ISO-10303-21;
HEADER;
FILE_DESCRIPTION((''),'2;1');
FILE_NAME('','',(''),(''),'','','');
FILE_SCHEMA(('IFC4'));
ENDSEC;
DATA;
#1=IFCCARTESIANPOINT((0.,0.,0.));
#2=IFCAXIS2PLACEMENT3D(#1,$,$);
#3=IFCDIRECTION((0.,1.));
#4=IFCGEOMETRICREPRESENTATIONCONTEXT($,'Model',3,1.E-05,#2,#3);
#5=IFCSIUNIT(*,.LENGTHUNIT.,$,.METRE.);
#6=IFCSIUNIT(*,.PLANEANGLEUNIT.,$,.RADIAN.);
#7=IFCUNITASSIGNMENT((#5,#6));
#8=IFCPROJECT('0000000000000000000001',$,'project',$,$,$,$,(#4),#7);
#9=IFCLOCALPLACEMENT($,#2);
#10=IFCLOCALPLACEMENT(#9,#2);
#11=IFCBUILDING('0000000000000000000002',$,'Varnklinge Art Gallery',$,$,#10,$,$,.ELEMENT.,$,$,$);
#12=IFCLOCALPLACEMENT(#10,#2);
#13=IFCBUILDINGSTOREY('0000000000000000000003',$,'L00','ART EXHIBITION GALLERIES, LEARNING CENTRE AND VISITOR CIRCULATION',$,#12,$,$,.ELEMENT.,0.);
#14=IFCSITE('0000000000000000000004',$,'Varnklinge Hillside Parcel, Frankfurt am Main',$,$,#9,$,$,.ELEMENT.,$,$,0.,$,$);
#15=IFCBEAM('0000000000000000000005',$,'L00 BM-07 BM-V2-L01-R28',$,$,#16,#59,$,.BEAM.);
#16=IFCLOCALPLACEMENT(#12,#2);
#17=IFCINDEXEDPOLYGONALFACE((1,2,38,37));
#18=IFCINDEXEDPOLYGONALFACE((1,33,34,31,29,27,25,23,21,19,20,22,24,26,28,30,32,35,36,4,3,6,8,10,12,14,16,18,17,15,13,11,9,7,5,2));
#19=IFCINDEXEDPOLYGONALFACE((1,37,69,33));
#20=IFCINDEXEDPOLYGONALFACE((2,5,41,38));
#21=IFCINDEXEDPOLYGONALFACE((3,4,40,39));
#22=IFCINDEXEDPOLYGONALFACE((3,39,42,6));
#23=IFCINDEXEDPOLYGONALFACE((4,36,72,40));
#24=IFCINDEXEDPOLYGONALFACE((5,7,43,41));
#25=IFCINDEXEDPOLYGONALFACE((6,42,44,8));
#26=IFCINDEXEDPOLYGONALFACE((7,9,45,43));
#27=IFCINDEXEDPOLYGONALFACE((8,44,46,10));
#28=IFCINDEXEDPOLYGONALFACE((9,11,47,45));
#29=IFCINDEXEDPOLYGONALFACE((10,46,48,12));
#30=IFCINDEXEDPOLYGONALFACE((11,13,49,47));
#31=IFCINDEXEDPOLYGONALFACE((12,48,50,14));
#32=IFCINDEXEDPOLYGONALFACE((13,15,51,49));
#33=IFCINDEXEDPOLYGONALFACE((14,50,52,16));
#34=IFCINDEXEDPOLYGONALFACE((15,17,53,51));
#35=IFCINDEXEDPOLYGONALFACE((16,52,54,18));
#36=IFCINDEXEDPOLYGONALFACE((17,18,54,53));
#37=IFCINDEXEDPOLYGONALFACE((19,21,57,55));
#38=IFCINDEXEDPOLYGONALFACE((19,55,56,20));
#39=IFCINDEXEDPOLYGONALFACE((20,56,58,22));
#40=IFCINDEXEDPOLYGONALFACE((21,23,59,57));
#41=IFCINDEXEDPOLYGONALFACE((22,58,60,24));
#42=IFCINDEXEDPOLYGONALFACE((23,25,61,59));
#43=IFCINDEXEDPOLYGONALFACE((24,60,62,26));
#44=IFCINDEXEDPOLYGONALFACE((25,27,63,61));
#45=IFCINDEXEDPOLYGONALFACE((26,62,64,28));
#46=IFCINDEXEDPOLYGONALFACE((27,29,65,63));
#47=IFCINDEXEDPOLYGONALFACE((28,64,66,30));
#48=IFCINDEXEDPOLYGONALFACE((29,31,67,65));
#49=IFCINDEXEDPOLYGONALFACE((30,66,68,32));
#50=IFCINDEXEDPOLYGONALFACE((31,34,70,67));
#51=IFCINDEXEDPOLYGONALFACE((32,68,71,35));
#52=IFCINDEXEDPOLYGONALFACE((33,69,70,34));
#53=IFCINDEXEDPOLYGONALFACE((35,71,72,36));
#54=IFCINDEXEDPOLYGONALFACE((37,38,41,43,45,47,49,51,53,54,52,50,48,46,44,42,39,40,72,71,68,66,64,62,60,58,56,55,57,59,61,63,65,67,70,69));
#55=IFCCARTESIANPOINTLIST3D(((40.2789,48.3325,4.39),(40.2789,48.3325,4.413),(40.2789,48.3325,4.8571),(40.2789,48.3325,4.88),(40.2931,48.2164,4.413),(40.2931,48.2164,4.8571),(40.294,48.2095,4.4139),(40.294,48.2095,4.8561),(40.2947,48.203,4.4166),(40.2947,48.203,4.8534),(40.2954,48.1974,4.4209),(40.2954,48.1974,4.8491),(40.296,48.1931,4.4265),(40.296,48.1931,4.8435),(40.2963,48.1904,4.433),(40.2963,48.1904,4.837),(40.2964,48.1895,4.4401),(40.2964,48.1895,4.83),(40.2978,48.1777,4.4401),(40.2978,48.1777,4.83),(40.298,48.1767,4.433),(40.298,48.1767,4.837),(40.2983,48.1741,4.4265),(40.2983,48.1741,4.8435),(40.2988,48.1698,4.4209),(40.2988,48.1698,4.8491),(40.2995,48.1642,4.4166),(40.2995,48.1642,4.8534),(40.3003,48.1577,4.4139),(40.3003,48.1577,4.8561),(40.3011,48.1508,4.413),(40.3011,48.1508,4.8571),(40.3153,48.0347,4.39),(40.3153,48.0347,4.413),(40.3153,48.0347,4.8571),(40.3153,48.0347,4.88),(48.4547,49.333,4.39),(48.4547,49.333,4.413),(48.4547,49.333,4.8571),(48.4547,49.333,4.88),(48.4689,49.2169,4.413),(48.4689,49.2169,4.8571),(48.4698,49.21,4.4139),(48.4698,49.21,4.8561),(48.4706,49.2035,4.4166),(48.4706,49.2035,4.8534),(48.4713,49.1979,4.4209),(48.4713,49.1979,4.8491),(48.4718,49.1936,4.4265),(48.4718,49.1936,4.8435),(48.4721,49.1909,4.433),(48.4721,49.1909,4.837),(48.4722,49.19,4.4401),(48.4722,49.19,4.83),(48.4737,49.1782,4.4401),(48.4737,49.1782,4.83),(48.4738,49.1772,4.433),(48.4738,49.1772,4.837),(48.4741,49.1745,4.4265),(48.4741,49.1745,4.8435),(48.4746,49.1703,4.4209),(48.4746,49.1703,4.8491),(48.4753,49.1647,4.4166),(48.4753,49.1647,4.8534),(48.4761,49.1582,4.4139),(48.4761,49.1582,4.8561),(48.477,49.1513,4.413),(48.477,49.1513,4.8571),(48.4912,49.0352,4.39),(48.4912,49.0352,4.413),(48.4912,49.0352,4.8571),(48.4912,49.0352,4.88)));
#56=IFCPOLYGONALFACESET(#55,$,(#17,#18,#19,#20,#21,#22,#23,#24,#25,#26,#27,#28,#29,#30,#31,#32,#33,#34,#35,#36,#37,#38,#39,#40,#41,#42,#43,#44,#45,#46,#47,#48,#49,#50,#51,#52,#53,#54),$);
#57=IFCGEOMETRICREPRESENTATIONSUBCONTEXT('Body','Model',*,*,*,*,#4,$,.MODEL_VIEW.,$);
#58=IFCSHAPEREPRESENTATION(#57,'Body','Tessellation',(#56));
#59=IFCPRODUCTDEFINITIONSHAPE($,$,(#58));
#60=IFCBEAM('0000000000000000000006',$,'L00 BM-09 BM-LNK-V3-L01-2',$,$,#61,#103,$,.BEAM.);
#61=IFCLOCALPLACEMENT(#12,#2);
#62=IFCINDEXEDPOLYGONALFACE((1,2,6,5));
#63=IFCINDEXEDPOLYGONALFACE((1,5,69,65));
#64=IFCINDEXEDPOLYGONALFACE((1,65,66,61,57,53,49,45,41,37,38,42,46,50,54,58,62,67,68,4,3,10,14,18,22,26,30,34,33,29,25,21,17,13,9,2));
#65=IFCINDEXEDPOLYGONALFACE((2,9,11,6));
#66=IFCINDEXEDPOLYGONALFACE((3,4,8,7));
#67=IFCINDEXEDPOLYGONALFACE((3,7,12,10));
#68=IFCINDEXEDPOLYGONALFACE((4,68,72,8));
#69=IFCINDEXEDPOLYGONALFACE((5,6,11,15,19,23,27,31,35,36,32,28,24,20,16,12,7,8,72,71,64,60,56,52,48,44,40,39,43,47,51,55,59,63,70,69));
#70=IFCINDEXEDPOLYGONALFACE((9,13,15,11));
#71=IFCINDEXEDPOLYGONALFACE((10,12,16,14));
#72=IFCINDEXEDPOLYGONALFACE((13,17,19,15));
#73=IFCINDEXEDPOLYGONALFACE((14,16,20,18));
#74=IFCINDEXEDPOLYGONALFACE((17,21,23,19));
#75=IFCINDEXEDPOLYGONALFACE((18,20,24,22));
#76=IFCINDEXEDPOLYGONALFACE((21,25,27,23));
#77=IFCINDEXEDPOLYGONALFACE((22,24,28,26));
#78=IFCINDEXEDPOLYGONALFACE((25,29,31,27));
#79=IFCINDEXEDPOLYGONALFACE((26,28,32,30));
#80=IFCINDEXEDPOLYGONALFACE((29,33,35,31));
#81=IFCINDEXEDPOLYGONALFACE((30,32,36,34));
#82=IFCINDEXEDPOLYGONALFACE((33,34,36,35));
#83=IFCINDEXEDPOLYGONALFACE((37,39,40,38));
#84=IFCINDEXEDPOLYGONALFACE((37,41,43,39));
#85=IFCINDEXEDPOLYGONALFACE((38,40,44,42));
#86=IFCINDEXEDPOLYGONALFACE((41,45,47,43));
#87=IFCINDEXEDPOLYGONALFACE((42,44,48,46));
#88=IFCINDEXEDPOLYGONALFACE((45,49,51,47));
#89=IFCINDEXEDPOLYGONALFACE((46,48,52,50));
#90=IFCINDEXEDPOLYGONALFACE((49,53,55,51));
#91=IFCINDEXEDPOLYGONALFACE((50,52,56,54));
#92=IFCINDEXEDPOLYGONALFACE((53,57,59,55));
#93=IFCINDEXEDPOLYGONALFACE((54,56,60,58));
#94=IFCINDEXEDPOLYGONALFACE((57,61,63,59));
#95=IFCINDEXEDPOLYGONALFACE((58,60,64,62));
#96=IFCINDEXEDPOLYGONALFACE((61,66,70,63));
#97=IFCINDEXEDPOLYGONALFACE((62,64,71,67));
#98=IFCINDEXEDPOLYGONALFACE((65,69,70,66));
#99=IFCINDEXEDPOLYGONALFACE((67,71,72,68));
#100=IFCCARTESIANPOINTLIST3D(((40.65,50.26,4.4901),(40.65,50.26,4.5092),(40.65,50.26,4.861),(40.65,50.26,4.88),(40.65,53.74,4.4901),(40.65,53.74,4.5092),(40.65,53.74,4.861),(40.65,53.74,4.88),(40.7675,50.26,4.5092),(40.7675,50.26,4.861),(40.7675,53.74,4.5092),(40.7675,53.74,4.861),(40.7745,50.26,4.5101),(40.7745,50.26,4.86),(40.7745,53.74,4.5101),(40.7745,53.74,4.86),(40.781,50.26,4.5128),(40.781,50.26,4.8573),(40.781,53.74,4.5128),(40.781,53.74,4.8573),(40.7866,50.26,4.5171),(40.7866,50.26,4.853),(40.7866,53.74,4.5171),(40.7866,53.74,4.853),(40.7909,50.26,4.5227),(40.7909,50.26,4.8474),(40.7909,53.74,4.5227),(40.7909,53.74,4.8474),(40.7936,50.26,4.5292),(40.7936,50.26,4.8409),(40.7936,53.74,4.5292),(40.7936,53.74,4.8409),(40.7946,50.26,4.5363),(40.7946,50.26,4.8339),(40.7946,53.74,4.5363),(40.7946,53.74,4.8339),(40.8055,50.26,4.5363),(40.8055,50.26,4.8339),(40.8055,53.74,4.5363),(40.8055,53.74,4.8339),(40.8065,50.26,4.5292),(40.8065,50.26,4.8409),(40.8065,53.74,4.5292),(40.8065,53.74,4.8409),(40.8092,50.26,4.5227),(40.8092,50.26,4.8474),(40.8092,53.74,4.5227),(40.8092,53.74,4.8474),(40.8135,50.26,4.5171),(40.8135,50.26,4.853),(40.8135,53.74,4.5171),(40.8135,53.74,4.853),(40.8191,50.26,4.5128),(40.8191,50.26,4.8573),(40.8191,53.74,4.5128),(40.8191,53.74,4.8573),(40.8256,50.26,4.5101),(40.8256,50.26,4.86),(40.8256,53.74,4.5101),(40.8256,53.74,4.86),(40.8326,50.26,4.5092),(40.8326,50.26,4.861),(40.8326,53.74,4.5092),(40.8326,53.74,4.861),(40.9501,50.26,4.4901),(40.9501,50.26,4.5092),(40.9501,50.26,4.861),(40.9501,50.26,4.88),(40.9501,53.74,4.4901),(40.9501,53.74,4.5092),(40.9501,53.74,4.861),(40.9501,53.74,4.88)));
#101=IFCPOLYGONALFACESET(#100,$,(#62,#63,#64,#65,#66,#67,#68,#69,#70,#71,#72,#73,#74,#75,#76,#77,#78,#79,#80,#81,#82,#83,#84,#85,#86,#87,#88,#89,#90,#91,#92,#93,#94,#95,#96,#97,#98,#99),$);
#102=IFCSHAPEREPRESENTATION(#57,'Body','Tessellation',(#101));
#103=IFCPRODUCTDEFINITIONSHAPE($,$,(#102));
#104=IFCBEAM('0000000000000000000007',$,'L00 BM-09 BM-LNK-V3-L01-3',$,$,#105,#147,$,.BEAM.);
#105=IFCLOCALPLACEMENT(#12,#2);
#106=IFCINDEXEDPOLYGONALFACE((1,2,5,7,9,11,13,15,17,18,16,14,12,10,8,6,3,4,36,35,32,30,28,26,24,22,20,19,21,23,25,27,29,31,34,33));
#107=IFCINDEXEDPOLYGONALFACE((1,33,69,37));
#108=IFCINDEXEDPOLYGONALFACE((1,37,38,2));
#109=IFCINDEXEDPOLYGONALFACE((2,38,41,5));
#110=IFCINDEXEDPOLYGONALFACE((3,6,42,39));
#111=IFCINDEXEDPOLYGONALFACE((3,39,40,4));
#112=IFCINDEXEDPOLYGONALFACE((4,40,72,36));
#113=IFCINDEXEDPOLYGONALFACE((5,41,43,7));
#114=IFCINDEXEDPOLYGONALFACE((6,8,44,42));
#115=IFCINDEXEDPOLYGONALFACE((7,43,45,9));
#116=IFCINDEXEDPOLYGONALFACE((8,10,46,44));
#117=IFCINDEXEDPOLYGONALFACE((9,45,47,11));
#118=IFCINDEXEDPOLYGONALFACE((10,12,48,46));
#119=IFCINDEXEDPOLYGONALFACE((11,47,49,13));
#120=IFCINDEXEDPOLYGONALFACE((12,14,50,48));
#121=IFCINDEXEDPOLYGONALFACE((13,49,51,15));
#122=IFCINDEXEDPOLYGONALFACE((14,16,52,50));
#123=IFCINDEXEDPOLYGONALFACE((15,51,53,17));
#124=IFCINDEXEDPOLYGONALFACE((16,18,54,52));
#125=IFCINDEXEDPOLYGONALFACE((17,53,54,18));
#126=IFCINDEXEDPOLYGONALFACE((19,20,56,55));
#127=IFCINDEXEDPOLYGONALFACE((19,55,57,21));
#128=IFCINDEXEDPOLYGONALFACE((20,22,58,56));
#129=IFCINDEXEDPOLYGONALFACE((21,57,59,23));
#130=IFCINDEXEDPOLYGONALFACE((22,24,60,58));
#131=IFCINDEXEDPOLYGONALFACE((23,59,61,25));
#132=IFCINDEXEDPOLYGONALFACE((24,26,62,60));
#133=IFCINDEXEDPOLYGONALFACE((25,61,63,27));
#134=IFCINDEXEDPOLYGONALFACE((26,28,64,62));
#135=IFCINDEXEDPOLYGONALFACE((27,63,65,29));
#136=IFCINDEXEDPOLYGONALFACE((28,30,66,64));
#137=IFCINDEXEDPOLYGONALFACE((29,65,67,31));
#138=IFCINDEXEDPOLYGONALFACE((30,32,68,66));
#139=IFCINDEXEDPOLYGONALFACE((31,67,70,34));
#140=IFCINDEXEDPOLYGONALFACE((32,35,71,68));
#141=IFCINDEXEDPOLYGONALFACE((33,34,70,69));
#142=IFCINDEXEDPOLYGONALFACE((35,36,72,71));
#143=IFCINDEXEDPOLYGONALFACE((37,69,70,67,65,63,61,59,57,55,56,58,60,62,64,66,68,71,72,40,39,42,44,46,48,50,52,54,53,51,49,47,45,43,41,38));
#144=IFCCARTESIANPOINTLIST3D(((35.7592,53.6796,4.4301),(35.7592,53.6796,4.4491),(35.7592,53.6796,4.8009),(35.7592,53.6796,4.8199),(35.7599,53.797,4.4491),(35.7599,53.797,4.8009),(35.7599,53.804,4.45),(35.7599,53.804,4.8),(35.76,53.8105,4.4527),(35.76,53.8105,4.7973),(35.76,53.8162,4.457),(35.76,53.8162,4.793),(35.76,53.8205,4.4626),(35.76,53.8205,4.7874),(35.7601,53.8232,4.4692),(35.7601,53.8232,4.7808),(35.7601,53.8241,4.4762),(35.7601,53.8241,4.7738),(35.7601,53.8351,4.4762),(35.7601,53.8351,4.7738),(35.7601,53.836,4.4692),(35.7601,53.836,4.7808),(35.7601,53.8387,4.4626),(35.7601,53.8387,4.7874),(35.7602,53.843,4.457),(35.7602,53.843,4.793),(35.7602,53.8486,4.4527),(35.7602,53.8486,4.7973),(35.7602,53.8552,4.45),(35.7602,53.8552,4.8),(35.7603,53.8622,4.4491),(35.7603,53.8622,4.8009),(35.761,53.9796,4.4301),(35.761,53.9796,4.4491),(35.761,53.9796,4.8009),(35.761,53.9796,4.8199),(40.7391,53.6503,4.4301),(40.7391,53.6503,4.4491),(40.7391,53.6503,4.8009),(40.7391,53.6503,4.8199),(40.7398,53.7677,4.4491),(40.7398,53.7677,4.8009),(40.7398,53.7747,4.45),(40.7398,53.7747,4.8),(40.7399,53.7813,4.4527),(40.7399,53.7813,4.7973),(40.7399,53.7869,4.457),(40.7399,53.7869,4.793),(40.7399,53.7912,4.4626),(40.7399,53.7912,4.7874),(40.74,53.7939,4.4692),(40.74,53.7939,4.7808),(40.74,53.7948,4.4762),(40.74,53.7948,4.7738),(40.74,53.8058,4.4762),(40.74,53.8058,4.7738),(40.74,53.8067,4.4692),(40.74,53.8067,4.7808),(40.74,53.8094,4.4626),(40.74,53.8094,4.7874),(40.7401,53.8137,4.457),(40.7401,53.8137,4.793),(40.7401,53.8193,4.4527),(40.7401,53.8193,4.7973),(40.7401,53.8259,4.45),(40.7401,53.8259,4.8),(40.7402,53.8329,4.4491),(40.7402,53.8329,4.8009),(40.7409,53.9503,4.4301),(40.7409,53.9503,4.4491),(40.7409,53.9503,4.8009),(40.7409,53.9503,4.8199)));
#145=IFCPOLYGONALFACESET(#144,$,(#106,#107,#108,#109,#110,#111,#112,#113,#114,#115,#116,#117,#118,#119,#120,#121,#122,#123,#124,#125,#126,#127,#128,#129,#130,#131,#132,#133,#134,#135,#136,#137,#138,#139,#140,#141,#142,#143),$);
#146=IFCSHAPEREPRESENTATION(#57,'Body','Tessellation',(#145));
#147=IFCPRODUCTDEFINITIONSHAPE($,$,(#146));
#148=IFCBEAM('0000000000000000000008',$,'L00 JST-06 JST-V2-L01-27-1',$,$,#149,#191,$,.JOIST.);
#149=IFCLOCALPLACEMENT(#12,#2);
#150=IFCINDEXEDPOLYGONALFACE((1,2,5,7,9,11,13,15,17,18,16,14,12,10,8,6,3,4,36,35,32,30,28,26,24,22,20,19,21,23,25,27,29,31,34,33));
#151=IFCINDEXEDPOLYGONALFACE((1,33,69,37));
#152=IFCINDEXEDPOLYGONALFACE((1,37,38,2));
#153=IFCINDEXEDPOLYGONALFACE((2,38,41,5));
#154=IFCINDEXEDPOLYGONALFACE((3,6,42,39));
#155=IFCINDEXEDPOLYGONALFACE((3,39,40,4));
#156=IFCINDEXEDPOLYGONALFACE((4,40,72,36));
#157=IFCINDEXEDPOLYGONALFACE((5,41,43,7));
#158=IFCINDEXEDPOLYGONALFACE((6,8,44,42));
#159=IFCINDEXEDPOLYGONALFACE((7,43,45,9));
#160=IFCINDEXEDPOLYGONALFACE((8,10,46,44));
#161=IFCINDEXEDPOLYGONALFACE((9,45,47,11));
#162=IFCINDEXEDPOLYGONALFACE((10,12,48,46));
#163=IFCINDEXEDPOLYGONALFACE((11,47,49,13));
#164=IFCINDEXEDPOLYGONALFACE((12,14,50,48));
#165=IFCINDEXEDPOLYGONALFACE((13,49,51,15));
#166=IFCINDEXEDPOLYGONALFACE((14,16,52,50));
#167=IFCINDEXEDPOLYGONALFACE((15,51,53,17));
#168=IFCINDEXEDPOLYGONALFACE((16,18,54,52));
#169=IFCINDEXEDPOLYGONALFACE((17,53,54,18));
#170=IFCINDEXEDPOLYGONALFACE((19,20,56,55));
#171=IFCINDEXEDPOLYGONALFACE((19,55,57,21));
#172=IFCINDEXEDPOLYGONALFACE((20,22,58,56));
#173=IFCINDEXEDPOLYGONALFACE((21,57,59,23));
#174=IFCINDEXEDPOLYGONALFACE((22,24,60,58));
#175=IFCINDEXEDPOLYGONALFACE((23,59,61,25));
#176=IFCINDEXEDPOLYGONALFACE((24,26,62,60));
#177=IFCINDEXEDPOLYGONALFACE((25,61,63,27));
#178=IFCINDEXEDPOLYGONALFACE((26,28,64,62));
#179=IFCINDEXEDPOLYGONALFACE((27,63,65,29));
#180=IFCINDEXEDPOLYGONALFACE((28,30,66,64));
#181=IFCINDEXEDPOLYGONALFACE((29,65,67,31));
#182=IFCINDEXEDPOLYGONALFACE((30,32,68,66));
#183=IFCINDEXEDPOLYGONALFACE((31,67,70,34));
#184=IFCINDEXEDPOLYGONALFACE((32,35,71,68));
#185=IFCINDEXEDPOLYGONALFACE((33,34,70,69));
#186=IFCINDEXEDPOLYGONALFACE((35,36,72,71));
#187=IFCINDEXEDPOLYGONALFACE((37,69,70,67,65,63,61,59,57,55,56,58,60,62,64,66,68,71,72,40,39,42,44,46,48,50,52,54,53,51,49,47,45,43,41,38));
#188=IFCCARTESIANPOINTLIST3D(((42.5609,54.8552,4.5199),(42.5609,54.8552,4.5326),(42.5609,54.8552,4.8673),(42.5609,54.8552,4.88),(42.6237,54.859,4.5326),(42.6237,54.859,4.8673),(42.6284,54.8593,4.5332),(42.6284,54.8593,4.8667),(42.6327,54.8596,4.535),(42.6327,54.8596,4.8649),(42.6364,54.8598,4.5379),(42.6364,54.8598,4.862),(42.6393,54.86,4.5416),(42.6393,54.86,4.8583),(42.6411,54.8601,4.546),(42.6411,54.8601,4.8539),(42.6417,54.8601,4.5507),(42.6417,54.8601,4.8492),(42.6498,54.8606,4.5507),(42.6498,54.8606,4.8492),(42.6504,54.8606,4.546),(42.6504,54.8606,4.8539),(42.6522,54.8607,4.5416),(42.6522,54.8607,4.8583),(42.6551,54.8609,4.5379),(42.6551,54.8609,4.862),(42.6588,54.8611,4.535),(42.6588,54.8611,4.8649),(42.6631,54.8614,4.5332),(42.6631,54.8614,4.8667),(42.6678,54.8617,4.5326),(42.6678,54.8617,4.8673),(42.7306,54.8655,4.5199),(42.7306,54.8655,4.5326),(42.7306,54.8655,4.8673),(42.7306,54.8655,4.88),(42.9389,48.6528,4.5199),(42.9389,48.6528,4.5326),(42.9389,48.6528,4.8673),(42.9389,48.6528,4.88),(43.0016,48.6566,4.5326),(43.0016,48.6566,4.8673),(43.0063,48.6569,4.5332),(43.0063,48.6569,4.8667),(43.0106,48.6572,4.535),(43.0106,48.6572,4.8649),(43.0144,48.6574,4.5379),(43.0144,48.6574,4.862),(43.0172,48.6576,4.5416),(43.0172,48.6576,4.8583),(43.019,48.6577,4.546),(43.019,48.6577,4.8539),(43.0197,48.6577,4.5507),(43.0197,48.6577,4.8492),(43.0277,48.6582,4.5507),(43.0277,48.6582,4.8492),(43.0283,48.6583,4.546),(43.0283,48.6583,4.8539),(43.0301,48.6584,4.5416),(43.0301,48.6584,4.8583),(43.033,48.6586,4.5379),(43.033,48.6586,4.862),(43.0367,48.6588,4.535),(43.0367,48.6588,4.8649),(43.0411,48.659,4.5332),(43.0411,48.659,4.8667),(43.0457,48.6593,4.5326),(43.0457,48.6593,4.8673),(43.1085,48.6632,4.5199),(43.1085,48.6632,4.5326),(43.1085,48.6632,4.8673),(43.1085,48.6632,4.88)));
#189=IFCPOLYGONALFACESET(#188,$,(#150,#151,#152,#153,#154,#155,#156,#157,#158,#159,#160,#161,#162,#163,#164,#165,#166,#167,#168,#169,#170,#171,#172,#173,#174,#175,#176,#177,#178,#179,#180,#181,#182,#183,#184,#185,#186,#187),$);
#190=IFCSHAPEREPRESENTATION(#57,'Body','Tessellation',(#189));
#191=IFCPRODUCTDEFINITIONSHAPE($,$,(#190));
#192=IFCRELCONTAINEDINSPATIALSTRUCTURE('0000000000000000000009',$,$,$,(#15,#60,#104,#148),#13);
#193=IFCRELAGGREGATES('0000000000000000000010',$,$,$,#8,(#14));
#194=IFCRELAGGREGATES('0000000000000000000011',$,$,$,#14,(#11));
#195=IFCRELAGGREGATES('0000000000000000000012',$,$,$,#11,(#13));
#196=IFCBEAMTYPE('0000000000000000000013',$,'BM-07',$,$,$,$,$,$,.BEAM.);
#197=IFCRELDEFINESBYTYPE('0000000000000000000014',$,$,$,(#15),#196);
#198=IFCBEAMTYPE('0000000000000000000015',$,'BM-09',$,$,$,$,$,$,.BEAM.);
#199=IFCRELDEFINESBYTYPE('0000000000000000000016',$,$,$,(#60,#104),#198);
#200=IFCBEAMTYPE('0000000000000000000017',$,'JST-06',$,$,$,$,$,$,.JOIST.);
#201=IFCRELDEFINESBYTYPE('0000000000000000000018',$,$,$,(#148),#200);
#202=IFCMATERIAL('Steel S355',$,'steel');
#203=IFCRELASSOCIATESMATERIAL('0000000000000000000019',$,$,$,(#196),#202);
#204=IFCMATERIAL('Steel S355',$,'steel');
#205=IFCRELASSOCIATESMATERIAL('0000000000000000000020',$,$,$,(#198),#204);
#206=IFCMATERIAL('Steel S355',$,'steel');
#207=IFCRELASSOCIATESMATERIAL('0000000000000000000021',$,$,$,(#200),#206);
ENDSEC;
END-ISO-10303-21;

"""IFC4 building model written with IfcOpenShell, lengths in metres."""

from ifc_helpers import new_model, si_unit, direction, frame, origin, origin_2d, place, context, subcontext, project, spatial, i_section, extrude, material, material_profile, profile_set, type_object, element, save


model = new_model("IFC4")

# Units and contexts
model_context = context("Model", 3, precision=1e-05, world=origin(), true_north=direction((0.0, 1.0)))
body_context = subcontext(model_context, "Body", "Model", "MODEL_VIEW")
ifc_project = project(units=[si_unit("LENGTHUNIT", "METRE"), si_unit("PLANEANGLEUNIT", "RADIAN")], contexts=[model_context])

# Site, building, storey
site_placement = place(None, origin())
site = spatial("IfcSite", under=ifc_project, at=site_placement, Name="Varnklinge Hillside Parcel, Frankfurt am Main", CompositionType="ELEMENT", RefElevation=0.0)
building_placement = place(site_placement, origin())
building = spatial("IfcBuilding", under=site, at=building_placement, Name="Varnklinge Art Gallery", CompositionType="ELEMENT")
storey_placement = place(building_placement, origin())
storey = spatial("IfcBuildingStorey", under=building, at=storey_placement, Name="L00", Description="ART EXHIBITION GALLERIES, LEARNING CENTRE AND VISITOR CIRCULATION", CompositionType="ELEMENT", Elevation=0.0)

# Beams
ifc_material_1 = material(Name="Steel S355", Category="steel")
ifc_material_profile_1 = material_profile(ifc_material_1, i_section(OverallWidth=0.3, OverallDepth=0.49, WebThickness=0.012, FlangeThickness=0.0229, FilletRadius=0.0271, at=origin_2d()), Name="HEA 500")
ifc_profile_set_1 = profile_set([ifc_material_profile_1], Name="Steel S355")
beam_type_1 = type_object("IfcBeamType", Name="BM-07", PredefinedType="BEAM", material=ifc_profile_set_1)
for number, where, z_axis, x_axis, name in (
    (1, (40.2971, 48.1836, 4.635), (0.992596, 0.121466, 0.0), (-0.121466, 0.992596, 0.0), "L00 BM-07 BM-V2-L01-R28"),
):
    element("IfcBeam", number, at=place(storey_placement, frame(where, z_axis=z_axis, x_axis=x_axis)), inside=storey, type_object=beam_type_1, Name=name, PredefinedType="BEAM", context=body_context, shape_type="SweptSolid", body=[
        extrude(i_section(OverallWidth=0.3, OverallDepth=0.49, WebThickness=0.012, FlangeThickness=0.0229, FilletRadius=0.0271, at=origin_2d()), origin(), (0.0, 0.0, 1.0), 8.2368),
    ])
ifc_material_2 = material(Name="Steel S355", Category="steel")
ifc_material_profile_2 = material_profile(ifc_material_2, i_section(OverallWidth=0.3, OverallDepth=0.3899, WebThickness=0.011, FlangeThickness=0.019, FilletRadius=0.0271, at=origin_2d()), Name="HEA 400")
ifc_profile_set_2 = profile_set([ifc_material_profile_2], Name="Steel S355")
beam_type_2 = type_object("IfcBeamType", Name="BM-09", PredefinedType="BEAM", material=ifc_profile_set_2)
beam_1_placement = place(storey_placement, frame((40.8, 50.26, 4.6851), z_axis=(0.0, 1.0, 0.0), x_axis=(-1.0, 0.0, 0.0)))
element("IfcBeam", 2, at=beam_1_placement, inside=storey, type_object=beam_type_2, Name="L00 BM-09 BM-LNK-V3-L01-2", PredefinedType="BEAM", context=body_context, shape_type="SweptSolid", body=[
    extrude(i_section(OverallWidth=0.3, OverallDepth=0.3899, WebThickness=0.011, FlangeThickness=0.019, FilletRadius=0.0271, at=origin_2d()), origin(), (0.0, 0.0, 1.0), 3.48),
])
beam_2_placement = place(storey_placement, frame((40.74, 53.8003, 4.625), z_axis=(-0.999983, 0.005883, 0.0), x_axis=(-0.005883, -0.999983, 0.0)))
element("IfcBeam", 3, at=beam_2_placement, inside=storey, type_object=beam_type_2, Name="L00 BM-09 BM-LNK-V3-L01-3", PredefinedType="BEAM", context=body_context, shape_type="SweptSolid", body=[
    extrude(i_section(OverallWidth=0.3, OverallDepth=0.3899, WebThickness=0.011, FlangeThickness=0.019, FilletRadius=0.0271, at=origin_2d()), origin(), (0.0, 0.0, 1.0), 4.98),
])
ifc_material_3 = material(Name="Steel S355", Category="steel")
ifc_material_profile_3 = material_profile(ifc_material_3, i_section(OverallWidth=0.1699, OverallDepth=0.3601, WebThickness=0.0081, FlangeThickness=0.0127, FilletRadius=0.0181, at=origin_2d()), Name="IPE 360")
ifc_profile_set_3 = profile_set([ifc_material_profile_3], Name="Steel S355")
beam_type_3 = type_object("IfcBeamType", Name="JST-06", PredefinedType="JOIST", material=ifc_profile_set_3)
beam_3_placement = place(storey_placement, frame((42.6458, 54.8604, 4.7), z_axis=(0.06082, -0.998149, 0.0), x_axis=(0.998149, 0.06082, 0.0)))
element("IfcBeam", 4, at=beam_3_placement, inside=storey, type_object=beam_type_3, Name="L00 JST-06 JST-V2-L01-27-1", PredefinedType="JOIST", context=body_context, shape_type="SweptSolid", body=[
    extrude(i_section(OverallWidth=0.1699, OverallDepth=0.3601, WebThickness=0.0081, FlangeThickness=0.0127, FilletRadius=0.0181, at=origin_2d()), origin(), (0.0, 0.0, 1.0), 6.2139),
])

save(model, "model.ifc")
